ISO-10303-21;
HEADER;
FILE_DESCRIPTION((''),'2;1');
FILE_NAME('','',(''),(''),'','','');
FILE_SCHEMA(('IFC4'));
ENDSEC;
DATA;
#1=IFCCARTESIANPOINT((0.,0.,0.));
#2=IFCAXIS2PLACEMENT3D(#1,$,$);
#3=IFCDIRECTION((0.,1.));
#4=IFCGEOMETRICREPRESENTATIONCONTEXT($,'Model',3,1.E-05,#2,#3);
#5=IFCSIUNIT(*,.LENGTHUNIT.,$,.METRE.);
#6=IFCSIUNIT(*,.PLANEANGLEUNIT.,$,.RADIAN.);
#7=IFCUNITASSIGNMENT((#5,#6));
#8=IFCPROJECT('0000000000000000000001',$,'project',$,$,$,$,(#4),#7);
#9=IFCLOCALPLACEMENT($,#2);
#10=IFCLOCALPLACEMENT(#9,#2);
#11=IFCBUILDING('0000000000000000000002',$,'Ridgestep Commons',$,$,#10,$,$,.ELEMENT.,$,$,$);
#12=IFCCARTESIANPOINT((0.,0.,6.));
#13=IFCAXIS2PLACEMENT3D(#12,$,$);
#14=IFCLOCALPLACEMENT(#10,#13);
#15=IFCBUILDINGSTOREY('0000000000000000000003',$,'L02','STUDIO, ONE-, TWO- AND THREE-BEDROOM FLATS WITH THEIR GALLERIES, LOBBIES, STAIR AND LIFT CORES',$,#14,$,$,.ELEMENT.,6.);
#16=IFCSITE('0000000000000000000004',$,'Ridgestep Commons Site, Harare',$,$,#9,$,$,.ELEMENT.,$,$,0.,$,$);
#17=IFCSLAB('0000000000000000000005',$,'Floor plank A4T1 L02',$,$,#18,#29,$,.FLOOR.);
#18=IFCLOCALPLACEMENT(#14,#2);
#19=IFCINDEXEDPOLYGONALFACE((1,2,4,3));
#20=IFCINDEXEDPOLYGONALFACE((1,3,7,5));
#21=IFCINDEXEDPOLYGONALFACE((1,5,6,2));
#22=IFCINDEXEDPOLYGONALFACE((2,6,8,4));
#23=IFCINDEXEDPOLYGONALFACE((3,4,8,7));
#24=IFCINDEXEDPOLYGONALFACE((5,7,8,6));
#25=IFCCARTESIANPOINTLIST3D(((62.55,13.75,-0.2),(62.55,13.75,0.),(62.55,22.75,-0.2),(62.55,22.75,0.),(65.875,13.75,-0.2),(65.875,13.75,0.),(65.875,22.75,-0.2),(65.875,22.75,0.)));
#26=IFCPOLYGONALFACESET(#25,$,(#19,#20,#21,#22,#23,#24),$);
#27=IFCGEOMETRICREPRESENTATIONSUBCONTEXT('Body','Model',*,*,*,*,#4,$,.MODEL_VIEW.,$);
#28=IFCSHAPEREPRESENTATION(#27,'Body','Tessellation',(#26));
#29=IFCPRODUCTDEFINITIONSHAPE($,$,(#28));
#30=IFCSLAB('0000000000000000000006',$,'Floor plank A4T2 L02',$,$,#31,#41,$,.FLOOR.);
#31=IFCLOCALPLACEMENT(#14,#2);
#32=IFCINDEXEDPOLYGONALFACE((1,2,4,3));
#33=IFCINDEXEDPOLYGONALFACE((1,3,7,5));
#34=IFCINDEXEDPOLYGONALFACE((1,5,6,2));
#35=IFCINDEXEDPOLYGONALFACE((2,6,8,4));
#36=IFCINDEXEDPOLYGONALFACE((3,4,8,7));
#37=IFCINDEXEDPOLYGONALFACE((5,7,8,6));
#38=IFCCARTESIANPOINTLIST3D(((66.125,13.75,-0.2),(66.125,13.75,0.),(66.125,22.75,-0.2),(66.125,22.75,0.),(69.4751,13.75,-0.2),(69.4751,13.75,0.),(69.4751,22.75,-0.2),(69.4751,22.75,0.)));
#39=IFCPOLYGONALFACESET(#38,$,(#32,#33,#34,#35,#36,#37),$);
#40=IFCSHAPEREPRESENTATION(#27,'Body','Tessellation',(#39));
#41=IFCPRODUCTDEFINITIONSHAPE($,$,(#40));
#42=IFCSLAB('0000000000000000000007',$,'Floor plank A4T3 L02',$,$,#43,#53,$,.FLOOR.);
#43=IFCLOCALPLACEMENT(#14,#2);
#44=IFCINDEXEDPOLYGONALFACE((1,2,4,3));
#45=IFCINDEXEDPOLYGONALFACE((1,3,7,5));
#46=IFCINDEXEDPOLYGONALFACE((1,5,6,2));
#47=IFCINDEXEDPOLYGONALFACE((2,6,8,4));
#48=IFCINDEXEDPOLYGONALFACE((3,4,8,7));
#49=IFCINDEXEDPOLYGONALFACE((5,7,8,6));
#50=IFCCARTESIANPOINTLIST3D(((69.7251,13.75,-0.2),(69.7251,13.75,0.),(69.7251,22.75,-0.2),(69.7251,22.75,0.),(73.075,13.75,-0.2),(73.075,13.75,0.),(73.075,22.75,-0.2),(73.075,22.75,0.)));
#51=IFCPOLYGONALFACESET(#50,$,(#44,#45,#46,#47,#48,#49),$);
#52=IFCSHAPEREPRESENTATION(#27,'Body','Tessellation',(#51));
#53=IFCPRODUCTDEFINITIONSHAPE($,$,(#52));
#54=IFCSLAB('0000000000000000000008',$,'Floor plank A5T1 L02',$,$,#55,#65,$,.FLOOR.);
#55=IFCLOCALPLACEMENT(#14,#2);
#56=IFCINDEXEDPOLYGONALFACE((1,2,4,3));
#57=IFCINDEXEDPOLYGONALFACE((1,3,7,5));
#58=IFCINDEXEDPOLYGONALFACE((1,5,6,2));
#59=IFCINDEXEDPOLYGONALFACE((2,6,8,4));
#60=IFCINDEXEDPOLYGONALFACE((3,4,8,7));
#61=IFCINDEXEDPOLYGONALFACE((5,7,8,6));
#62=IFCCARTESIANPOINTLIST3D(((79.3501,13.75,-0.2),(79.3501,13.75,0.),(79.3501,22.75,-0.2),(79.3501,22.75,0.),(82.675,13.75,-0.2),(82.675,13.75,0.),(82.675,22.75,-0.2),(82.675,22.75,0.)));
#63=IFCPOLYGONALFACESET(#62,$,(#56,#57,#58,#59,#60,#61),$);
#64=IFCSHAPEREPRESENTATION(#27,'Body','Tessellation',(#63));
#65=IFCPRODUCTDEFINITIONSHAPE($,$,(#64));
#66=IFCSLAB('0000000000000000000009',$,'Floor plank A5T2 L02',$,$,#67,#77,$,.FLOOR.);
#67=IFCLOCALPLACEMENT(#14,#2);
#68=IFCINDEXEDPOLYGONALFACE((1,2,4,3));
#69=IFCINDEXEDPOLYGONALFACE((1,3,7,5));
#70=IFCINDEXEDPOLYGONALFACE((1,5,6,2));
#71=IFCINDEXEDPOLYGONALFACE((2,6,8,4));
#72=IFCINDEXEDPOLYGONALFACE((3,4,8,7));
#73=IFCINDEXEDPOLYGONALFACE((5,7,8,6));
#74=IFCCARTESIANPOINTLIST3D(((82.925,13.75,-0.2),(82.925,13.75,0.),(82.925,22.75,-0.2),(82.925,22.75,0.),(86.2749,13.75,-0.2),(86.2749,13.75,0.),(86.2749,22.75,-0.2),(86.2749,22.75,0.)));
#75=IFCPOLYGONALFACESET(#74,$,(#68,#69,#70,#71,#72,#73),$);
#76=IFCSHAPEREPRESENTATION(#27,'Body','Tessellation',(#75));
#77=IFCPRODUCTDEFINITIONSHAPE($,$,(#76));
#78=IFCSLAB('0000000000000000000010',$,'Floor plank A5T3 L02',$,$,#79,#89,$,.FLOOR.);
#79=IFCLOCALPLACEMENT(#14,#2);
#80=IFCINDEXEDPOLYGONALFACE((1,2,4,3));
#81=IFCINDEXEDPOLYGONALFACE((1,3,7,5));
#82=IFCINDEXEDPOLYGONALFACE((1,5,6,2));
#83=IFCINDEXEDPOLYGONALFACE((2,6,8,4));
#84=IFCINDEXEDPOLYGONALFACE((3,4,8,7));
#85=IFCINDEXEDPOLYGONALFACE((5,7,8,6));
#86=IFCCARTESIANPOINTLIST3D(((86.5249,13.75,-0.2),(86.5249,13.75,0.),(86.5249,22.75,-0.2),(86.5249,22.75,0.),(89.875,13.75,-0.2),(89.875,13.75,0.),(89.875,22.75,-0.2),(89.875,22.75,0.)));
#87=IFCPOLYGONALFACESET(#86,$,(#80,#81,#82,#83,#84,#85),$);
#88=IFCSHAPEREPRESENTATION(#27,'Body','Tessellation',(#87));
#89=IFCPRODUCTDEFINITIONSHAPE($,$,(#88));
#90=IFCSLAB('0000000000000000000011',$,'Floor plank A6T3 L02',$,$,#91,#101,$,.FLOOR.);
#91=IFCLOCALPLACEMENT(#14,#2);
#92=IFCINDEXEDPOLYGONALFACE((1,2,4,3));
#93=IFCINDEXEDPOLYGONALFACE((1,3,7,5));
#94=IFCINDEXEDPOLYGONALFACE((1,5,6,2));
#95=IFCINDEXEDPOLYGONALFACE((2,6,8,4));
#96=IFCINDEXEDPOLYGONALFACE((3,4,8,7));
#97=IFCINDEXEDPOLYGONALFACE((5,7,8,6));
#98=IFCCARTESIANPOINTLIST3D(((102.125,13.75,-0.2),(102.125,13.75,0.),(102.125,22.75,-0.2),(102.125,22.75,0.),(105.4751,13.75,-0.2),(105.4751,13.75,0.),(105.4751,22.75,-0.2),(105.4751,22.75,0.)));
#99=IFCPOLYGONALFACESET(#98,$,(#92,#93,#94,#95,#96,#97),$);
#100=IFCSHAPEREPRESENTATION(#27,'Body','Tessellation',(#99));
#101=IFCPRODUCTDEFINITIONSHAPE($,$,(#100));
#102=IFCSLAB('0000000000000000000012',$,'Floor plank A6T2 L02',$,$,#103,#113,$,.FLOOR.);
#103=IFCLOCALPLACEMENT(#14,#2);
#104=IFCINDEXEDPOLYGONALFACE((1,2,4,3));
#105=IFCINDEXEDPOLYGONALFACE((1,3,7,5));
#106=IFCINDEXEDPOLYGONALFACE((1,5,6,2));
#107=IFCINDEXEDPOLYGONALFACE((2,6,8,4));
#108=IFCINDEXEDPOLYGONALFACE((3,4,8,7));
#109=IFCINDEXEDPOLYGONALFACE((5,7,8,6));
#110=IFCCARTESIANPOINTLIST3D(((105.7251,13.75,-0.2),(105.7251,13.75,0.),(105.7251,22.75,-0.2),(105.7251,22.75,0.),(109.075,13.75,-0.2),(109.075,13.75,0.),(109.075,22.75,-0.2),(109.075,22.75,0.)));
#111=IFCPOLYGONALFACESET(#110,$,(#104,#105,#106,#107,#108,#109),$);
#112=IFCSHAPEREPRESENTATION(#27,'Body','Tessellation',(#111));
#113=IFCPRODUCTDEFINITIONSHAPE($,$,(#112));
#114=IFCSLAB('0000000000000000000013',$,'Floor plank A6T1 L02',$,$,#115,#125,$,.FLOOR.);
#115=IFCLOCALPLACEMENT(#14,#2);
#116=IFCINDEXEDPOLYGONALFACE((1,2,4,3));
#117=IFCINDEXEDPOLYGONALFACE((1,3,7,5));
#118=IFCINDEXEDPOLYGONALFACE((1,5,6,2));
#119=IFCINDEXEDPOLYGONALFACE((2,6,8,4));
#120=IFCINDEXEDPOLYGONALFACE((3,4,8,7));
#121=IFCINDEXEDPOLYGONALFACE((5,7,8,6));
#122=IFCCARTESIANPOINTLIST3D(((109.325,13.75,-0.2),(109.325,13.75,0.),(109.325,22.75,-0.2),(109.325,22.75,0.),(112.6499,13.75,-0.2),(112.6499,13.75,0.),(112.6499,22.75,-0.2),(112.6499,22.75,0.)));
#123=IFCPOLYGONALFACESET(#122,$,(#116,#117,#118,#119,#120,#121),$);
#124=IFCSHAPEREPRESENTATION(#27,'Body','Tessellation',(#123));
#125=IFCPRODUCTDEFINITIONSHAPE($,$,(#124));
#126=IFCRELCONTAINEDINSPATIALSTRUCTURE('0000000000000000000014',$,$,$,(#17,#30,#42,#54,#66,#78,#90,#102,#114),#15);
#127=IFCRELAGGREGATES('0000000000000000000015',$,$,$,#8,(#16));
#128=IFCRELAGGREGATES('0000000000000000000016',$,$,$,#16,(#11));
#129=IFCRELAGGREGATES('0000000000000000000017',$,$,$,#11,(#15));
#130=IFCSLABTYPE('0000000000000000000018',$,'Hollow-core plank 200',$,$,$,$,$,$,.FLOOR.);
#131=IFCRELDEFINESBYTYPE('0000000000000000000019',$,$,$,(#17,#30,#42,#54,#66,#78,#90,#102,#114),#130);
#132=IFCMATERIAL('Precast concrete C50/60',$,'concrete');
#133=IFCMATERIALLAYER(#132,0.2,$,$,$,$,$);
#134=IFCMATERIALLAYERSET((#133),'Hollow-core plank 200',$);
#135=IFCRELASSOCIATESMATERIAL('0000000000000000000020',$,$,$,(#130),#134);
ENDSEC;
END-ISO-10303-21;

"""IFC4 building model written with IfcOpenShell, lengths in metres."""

from ifc_helpers import new_model, si_unit, direction, frame, origin, place, context, subcontext, project, spatial, polyline, outline, extrude, material, layer, layer_set, type_object, element, save


model = new_model("IFC4")

# Units and contexts
model_context = context("Model", 3, precision=1e-05, world=origin(), true_north=direction((0.0, 1.0)))
body_context = subcontext(model_context, "Body", "Model", "MODEL_VIEW")
ifc_project = project(units=[si_unit("LENGTHUNIT", "METRE"), si_unit("PLANEANGLEUNIT", "RADIAN")], contexts=[model_context])

# Site, building, storey
site_placement = place(None, origin())
site = spatial("IfcSite", under=ifc_project, at=site_placement, Name="Ridgestep Commons Site, Harare", CompositionType="ELEMENT", RefElevation=0.0)
building_placement = place(site_placement, origin())
building = spatial("IfcBuilding", under=site, at=building_placement, Name="Ridgestep Commons", CompositionType="ELEMENT")
storey_placement = place(building_placement, frame((0.0, 0.0, 6.0)))
storey = spatial("IfcBuildingStorey", under=building, at=storey_placement, Name="L02", Description="STUDIO, ONE-, TWO- AND THREE-BEDROOM FLATS WITH THEIR GALLERIES, LOBBIES, STAIR AND LIFT CORES", CompositionType="ELEMENT", Elevation=6.0)

# Slabs
ifc_material_1 = material(Name="Precast concrete C50/60", Category="concrete")
ifc_layer_1 = layer(ifc_material_1, 0.2)
ifc_layer_set_1 = layer_set([ifc_layer_1], Name="Hollow-core plank 200")
slab_type_1 = type_object("IfcSlabType", Name="Hollow-core plank 200", PredefinedType="FLOOR", material=ifc_layer_set_1)
slab_1_placement = place(storey_placement, frame((0.0, 0.0, -0.2)))
element("IfcSlab", 1, at=slab_1_placement, inside=storey, type_object=slab_type_1, Name="Floor plank A4T1 L02", PredefinedType="FLOOR", context=body_context, shape_type="SweptSolid", body=[
    extrude(outline(polyline([(65.875, 13.75), (65.875, 22.75), (62.55, 22.75), (62.55, 13.75), (65.875, 13.75)])), origin(), (0.0, 0.0, 1.0), 0.2),
])
slab_2_placement = place(storey_placement, frame((0.0, 0.0, -0.2)))
element("IfcSlab", 2, at=slab_2_placement, inside=storey, type_object=slab_type_1, Name="Floor plank A4T2 L02", PredefinedType="FLOOR", context=body_context, shape_type="SweptSolid", body=[
    extrude(outline(polyline([(69.4751, 13.75), (69.4751, 22.75), (66.125, 22.75), (66.125, 13.75), (69.4751, 13.75)])), origin(), (0.0, 0.0, 1.0), 0.2),
])
slab_3_placement = place(storey_placement, frame((0.0, 0.0, -0.2)))
element("IfcSlab", 3, at=slab_3_placement, inside=storey, type_object=slab_type_1, Name="Floor plank A4T3 L02", PredefinedType="FLOOR", context=body_context, shape_type="SweptSolid", body=[
    extrude(outline(polyline([(73.075, 13.75), (73.075, 22.75), (69.7251, 22.75), (69.7251, 13.75), (73.075, 13.75)])), origin(), (0.0, 0.0, 1.0), 0.2),
])
slab_4_placement = place(storey_placement, frame((0.0, 0.0, -0.2)))
element("IfcSlab", 4, at=slab_4_placement, inside=storey, type_object=slab_type_1, Name="Floor plank A5T1 L02", PredefinedType="FLOOR", context=body_context, shape_type="SweptSolid", body=[
    extrude(outline(polyline([(82.675, 13.75), (82.675, 22.75), (79.3501, 22.75), (79.3501, 13.75), (82.675, 13.75)])), origin(), (0.0, 0.0, 1.0), 0.2),
])
slab_5_placement = place(storey_placement, frame((0.0, 0.0, -0.2)))
element("IfcSlab", 5, at=slab_5_placement, inside=storey, type_object=slab_type_1, Name="Floor plank A5T2 L02", PredefinedType="FLOOR", context=body_context, shape_type="SweptSolid", body=[
    extrude(outline(polyline([(86.2749, 13.75), (86.2749, 22.75), (82.925, 22.75), (82.925, 13.75), (86.2749, 13.75)])), origin(), (0.0, 0.0, 1.0), 0.2),
])
slab_6_placement = place(storey_placement, frame((0.0, 0.0, -0.2)))
element("IfcSlab", 6, at=slab_6_placement, inside=storey, type_object=slab_type_1, Name="Floor plank A5T3 L02", PredefinedType="FLOOR", context=body_context, shape_type="SweptSolid", body=[
    extrude(outline(polyline([(89.875, 13.75), (89.875, 22.75), (86.5249, 22.75), (86.5249, 13.75), (89.875, 13.75)])), origin(), (0.0, 0.0, 1.0), 0.2),
])
slab_7_placement = place(storey_placement, frame((0.0, 0.0, -0.2)))
element("IfcSlab", 7, at=slab_7_placement, inside=storey, type_object=slab_type_1, Name="Floor plank A6T3 L02", PredefinedType="FLOOR", context=body_context, shape_type="SweptSolid", body=[
    extrude(outline(polyline([(105.4751, 13.75), (105.4751, 22.75), (102.125, 22.75), (102.125, 13.75), (105.4751, 13.75)])), origin(), (0.0, 0.0, 1.0), 0.2),
])
slab_8_placement = place(storey_placement, frame((0.0, 0.0, -0.2)))
element("IfcSlab", 8, at=slab_8_placement, inside=storey, type_object=slab_type_1, Name="Floor plank A6T2 L02", PredefinedType="FLOOR", context=body_context, shape_type="SweptSolid", body=[
    extrude(outline(polyline([(109.075, 13.75), (109.075, 22.75), (105.7251, 22.75), (105.7251, 13.75), (109.075, 13.75)])), origin(), (0.0, 0.0, 1.0), 0.2),
])
slab_9_placement = place(storey_placement, frame((0.0, 0.0, -0.2)))
element("IfcSlab", 9, at=slab_9_placement, inside=storey, type_object=slab_type_1, Name="Floor plank A6T1 L02", PredefinedType="FLOOR", context=body_context, shape_type="SweptSolid", body=[
    extrude(outline(polyline([(112.6499, 13.75), (112.6499, 22.75), (109.325, 22.75), (109.325, 13.75), (112.6499, 13.75)])), origin(), (0.0, 0.0, 1.0), 0.2),
])

save(model, "model.ifc")
